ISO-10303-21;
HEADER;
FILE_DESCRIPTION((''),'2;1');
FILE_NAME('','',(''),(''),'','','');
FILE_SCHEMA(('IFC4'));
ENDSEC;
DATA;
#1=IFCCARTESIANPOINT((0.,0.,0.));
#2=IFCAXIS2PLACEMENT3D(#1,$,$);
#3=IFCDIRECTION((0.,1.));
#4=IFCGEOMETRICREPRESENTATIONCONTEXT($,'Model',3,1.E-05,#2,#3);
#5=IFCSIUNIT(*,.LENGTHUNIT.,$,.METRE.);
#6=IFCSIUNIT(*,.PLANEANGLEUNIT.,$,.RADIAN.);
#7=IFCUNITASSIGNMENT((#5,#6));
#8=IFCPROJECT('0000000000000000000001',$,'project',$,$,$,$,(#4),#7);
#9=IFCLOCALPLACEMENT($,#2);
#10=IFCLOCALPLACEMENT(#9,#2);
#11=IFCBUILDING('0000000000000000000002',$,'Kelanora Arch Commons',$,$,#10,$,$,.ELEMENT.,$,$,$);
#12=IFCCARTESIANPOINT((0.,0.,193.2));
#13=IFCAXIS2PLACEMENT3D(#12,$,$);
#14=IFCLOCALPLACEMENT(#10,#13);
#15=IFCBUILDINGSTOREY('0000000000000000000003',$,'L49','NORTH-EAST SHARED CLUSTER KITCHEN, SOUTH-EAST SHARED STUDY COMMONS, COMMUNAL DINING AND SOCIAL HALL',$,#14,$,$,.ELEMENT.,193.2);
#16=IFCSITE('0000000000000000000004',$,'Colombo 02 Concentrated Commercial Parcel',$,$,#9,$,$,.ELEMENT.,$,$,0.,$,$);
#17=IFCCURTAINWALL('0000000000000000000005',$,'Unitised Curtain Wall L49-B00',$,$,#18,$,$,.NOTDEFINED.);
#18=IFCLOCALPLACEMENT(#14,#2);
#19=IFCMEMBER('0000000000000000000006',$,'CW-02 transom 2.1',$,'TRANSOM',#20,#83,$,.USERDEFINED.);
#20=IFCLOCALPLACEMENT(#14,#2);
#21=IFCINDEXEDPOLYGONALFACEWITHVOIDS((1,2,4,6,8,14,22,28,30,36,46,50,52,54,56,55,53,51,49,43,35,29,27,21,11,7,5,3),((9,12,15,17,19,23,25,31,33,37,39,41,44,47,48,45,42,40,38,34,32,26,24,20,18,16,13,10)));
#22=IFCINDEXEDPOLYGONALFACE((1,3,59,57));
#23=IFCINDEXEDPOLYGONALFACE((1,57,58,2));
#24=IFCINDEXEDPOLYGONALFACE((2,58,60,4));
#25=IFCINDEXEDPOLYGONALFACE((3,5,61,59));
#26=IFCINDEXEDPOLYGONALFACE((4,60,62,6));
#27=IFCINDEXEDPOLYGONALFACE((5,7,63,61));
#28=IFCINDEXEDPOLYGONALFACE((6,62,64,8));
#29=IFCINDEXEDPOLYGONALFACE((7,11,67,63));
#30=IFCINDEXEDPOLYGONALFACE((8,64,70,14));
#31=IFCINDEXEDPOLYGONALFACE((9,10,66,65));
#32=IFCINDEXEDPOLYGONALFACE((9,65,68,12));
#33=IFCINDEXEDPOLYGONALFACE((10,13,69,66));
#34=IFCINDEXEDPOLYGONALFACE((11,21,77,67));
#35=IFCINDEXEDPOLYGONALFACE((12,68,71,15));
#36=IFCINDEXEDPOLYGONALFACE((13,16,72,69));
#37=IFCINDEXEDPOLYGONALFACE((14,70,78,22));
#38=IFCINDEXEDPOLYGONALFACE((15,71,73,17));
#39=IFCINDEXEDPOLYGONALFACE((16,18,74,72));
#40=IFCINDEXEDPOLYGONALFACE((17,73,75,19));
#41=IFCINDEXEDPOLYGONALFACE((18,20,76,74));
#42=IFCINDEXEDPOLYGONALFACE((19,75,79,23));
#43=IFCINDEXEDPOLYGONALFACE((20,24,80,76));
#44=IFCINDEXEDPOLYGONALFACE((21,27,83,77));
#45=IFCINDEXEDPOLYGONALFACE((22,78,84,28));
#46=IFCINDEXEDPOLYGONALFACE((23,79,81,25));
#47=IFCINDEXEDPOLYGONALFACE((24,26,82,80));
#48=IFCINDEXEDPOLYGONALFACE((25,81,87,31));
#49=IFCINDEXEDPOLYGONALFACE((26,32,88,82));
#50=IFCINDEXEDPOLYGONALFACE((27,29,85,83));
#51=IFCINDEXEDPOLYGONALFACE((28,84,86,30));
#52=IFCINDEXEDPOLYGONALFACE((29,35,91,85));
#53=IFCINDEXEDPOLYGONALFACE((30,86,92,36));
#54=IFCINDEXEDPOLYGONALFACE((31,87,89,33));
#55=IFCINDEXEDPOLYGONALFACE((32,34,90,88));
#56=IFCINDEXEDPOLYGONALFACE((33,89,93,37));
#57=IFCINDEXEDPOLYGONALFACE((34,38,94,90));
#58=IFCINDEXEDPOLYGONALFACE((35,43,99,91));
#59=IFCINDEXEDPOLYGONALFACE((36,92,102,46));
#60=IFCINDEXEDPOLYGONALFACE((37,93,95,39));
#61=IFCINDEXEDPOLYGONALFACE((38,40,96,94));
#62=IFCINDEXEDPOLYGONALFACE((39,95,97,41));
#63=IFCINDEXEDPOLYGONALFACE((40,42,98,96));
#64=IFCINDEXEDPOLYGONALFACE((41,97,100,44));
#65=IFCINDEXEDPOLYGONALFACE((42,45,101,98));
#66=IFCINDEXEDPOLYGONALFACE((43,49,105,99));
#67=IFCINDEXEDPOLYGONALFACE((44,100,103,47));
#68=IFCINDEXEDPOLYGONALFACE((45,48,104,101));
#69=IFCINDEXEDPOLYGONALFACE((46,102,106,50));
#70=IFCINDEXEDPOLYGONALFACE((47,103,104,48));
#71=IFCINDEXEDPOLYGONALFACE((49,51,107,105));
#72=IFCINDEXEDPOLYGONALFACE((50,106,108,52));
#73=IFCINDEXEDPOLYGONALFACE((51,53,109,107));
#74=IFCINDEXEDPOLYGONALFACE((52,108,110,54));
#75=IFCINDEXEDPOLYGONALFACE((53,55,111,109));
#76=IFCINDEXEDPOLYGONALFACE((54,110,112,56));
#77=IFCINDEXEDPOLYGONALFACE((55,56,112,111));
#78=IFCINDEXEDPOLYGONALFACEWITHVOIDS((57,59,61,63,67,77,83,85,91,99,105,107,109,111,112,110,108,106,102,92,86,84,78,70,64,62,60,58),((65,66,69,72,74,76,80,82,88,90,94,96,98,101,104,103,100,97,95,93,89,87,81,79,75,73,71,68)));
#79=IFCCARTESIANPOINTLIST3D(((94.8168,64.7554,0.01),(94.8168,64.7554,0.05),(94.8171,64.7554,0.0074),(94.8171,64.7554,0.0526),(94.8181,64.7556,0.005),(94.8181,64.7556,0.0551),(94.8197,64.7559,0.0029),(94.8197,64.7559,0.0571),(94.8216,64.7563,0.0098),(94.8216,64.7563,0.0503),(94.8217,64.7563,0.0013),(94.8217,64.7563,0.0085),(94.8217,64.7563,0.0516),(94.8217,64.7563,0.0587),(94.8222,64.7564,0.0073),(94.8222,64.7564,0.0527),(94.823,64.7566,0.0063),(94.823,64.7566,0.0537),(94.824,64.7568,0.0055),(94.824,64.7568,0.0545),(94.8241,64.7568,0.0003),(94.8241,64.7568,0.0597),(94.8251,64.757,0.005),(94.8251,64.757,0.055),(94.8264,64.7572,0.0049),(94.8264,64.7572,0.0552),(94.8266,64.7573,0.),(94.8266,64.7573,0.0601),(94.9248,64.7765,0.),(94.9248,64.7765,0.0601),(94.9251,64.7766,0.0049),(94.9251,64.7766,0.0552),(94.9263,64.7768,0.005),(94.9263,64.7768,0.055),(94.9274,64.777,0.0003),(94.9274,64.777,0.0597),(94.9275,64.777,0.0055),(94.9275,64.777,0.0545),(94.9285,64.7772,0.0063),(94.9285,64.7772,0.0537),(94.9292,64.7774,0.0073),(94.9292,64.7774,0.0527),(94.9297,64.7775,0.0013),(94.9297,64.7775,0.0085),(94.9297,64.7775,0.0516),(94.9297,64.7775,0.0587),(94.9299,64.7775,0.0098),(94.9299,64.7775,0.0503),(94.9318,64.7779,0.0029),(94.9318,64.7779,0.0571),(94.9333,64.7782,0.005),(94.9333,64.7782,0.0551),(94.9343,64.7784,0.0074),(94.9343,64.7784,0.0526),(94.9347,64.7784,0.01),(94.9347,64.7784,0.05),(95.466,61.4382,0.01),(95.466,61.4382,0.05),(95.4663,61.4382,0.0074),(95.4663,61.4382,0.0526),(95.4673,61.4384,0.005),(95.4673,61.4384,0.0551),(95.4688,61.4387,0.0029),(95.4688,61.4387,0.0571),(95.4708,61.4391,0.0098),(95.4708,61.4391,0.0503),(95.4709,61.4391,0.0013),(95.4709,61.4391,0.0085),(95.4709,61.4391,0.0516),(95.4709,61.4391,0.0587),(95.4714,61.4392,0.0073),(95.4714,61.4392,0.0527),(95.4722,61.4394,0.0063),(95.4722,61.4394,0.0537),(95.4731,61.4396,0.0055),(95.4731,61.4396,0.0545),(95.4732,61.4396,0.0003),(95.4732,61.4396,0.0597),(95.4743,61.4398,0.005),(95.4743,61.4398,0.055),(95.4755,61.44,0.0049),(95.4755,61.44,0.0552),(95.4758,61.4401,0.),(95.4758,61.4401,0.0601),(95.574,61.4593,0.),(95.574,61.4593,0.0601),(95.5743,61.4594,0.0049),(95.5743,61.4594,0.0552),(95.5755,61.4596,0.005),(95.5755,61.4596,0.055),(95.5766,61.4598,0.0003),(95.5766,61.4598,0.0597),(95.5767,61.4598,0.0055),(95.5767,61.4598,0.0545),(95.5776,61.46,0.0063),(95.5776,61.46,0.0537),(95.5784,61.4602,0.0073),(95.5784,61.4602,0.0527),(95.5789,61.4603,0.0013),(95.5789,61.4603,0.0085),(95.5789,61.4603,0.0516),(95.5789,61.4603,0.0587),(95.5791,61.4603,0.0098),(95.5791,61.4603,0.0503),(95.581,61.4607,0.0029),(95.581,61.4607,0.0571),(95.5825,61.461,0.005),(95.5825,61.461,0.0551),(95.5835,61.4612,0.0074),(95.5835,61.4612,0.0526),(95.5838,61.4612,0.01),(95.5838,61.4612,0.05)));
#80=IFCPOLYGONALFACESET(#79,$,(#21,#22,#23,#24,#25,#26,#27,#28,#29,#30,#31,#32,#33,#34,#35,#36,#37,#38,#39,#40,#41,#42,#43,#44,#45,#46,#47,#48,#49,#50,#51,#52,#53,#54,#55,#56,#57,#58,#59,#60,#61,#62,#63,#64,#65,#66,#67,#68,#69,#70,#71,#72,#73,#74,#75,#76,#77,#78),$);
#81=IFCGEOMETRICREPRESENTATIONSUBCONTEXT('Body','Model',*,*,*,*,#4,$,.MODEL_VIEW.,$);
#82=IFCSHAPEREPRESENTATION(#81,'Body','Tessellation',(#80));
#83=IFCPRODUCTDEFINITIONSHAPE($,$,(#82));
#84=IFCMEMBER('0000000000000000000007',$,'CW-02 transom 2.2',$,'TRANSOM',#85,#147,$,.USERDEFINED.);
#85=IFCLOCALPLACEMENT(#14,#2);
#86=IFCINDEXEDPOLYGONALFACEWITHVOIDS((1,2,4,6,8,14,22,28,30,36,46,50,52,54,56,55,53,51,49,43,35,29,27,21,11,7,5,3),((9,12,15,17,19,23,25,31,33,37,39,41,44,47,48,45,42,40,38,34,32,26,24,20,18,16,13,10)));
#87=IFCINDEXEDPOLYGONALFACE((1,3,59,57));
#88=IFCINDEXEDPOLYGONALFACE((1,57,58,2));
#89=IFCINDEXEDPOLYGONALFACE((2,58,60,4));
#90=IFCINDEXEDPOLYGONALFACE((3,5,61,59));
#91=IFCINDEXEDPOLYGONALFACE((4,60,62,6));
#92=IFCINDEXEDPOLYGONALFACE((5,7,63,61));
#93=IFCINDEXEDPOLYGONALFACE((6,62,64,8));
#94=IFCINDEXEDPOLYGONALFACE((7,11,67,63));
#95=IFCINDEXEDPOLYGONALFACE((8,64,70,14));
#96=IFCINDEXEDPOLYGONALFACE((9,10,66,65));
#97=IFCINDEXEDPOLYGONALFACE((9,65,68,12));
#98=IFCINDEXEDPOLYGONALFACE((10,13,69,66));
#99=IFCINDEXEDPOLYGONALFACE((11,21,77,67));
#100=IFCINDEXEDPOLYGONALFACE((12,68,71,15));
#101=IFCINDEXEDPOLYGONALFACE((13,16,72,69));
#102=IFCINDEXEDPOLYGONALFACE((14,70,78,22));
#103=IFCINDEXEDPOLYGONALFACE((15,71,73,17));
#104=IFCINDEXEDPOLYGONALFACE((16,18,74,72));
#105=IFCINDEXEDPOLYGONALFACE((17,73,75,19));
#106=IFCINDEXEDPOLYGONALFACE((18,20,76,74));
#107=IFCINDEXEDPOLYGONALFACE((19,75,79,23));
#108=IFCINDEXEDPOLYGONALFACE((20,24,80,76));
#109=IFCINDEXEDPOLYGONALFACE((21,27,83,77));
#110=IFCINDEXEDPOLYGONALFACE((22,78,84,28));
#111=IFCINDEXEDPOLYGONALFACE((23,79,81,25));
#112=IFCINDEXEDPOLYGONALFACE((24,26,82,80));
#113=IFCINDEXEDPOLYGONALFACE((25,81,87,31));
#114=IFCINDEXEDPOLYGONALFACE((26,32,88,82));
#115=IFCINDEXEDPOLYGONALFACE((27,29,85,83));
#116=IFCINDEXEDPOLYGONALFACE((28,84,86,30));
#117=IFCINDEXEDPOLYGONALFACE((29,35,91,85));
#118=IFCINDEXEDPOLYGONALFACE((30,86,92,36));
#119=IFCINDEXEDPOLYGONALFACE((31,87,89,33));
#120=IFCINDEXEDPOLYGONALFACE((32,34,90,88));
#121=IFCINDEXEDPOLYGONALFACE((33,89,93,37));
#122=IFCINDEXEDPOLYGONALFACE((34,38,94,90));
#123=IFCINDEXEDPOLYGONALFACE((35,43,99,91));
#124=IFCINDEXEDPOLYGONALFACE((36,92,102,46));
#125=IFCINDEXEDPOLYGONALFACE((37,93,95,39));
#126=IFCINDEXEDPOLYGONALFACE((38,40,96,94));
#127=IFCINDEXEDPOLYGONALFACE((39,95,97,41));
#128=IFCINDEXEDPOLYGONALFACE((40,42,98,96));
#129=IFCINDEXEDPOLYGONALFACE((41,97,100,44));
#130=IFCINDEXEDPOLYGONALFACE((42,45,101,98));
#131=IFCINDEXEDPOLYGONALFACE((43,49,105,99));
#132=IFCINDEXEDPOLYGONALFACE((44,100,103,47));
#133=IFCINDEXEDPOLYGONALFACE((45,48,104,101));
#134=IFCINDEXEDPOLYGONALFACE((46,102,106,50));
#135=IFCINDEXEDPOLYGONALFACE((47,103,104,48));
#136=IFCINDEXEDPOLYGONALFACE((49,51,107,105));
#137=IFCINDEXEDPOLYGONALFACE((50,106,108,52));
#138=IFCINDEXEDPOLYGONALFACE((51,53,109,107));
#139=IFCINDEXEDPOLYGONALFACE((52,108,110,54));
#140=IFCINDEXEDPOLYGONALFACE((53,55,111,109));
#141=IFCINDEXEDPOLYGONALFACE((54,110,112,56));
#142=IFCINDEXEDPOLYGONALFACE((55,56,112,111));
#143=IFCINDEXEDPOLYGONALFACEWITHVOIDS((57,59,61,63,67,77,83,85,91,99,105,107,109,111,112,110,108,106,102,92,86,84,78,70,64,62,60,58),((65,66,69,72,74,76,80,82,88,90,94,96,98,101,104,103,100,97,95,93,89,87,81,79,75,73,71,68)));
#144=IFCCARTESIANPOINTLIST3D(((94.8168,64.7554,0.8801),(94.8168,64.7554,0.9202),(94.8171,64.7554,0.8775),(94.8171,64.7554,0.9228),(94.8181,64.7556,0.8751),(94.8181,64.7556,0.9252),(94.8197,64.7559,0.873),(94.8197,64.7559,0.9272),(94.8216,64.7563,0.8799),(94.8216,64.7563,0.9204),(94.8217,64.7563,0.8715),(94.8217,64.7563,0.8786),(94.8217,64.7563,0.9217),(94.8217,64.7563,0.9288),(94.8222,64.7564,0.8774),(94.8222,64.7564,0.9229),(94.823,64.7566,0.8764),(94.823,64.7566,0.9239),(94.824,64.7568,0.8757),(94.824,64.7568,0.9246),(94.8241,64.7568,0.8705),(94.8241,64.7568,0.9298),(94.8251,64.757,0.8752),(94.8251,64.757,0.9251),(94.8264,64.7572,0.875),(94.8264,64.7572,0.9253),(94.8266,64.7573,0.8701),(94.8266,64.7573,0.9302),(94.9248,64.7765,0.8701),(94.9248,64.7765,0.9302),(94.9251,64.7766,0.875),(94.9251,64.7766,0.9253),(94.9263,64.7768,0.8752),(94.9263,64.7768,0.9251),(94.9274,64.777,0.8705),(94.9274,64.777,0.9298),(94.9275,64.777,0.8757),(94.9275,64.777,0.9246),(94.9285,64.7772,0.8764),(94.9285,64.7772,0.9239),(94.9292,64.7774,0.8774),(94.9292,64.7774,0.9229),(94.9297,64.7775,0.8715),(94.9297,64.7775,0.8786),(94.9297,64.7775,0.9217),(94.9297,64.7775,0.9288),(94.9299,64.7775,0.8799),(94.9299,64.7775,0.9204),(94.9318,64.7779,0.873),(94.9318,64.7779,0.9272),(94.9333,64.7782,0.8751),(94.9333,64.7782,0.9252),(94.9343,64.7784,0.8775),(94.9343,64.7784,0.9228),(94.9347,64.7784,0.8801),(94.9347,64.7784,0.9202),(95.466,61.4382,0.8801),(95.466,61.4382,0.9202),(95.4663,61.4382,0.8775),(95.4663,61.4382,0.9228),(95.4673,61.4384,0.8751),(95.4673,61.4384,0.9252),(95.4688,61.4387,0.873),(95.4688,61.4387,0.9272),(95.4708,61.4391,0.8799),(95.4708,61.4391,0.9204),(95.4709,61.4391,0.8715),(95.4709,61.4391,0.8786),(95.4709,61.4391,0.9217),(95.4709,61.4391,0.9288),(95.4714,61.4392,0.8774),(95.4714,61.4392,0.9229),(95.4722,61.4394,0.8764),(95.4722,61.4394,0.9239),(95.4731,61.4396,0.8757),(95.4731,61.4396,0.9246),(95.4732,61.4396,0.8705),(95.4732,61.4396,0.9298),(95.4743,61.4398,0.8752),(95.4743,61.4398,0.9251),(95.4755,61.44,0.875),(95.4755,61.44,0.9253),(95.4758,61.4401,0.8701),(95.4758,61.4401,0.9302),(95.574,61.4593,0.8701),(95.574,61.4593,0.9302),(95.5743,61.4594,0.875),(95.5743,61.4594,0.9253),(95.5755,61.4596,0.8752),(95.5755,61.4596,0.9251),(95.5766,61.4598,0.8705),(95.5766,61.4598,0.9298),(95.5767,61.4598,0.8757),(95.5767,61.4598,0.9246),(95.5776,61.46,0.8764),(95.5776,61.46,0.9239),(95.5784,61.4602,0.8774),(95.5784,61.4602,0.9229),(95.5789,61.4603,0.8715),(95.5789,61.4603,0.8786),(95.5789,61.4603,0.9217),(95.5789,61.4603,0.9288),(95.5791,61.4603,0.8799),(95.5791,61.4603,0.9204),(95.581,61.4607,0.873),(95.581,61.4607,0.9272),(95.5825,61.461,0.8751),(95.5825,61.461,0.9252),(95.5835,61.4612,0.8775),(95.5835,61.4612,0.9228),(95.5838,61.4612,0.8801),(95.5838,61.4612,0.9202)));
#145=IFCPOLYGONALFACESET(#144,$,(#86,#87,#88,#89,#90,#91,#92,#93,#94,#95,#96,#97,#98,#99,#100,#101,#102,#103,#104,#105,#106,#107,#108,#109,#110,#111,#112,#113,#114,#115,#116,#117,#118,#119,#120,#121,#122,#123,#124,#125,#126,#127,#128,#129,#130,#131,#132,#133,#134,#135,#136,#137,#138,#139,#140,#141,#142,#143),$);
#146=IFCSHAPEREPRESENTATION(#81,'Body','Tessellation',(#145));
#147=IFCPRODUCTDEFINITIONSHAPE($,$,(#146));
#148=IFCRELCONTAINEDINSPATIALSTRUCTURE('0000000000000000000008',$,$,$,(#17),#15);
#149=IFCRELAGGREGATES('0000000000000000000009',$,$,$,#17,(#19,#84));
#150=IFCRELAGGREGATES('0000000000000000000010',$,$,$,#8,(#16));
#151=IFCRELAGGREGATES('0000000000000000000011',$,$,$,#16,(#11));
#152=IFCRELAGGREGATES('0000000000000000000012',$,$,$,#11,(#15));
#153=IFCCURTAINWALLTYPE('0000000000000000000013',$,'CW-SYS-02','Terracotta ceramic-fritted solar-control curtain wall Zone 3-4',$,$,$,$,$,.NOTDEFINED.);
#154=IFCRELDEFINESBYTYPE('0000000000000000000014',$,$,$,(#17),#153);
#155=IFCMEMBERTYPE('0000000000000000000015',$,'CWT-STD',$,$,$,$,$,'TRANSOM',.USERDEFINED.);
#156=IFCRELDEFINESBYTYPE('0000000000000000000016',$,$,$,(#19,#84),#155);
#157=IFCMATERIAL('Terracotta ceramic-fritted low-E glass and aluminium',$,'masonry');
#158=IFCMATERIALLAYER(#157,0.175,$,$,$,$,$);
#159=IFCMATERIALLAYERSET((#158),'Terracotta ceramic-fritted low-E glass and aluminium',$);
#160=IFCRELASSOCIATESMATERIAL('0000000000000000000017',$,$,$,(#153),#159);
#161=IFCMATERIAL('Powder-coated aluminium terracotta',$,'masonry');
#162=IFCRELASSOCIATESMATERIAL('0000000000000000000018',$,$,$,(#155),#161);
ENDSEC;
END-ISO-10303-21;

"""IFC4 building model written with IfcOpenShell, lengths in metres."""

from ifc_helpers import new_model, si_unit, direction, frame, origin, origin_2d, place, context, subcontext, project, spatial, hollow_rectangle, extrude, material, layer, layer_set, material_profile, profile_set, type_object, element, aggregate, save


model = new_model("IFC4")

# Units and contexts
model_context = context("Model", 3, precision=1e-05, world=origin(), true_north=direction((0.0, 1.0)))
body_context = subcontext(model_context, "Body", "Model", "MODEL_VIEW")
ifc_project = project(units=[si_unit("LENGTHUNIT", "METRE"), si_unit("PLANEANGLEUNIT", "RADIAN")], contexts=[model_context])

# Site, building, storey
site_placement = place(None, origin())
site = spatial("IfcSite", under=ifc_project, at=site_placement, Name="Colombo 02 Concentrated Commercial Parcel", CompositionType="ELEMENT", RefElevation=0.0)
building_placement = place(site_placement, origin())
building = spatial("IfcBuilding", under=site, at=building_placement, Name="Kelanora Arch Commons", CompositionType="ELEMENT")
storey_placement = place(building_placement, frame((0.0, 0.0, 193.2)))
storey = spatial("IfcBuildingStorey", under=building, at=storey_placement, Name="L49", Description="NORTH-EAST SHARED CLUSTER KITCHEN, SOUTH-EAST SHARED STUDY COMMONS, COMMUNAL DINING AND SOCIAL HALL", CompositionType="ELEMENT", Elevation=193.2)

# Curtain wall, members
ifc_material_1 = material(Name="Terracotta ceramic-fritted low-E glass and aluminium", Category="masonry")
ifc_layer_1 = layer(ifc_material_1, 0.175)
ifc_layer_set_1 = layer_set([ifc_layer_1], Name="Terracotta ceramic-fritted low-E glass and aluminium")
curtain_wall_type = type_object("IfcCurtainWallType", Name="CW-SYS-02", Description="Terracotta ceramic-fritted solar-control curtain wall Zone 3-4", PredefinedType="NOTDEFINED", material=ifc_layer_set_1)
curtain_wall_placement = place(storey_placement, origin())
curtain_wall = element("IfcCurtainWall", 1, at=curtain_wall_placement, inside=storey, type_object=curtain_wall_type, Name="Unitised Curtain Wall L49-B00", PredefinedType="NOTDEFINED")
ifc_material_2 = material(Name="Powder-coated aluminium terracotta", Category="masonry")
ifc_material_profile_1 = material_profile(ifc_material_2, hollow_rectangle(XDim=0.1201, YDim=0.0601, WallThickness=0.0049, InnerFilletRadius=0.0049, OuterFilletRadius=0.01, at=origin_2d()), Name="CWT120x60")
ifc_profile_set_1 = profile_set([ifc_material_profile_1], Name="Powder-coated aluminium terracotta")
member_type_1 = type_object("IfcMemberType", Name="CWT-STD", ElementType="TRANSOM", PredefinedType="USERDEFINED", material=ifc_profile_set_1)
member_1_placement = place(storey_placement, frame((95.5249, 61.4497, 0.03), z_axis=(-0.192058, 0.981383, 0.0), x_axis=(-0.981383, -0.192058, 0.0)))
member_1 = element("IfcMember", 2, at=member_1_placement, type_object=member_type_1, Name="CW-02 transom 2.1", ObjectType="TRANSOM", PredefinedType="USERDEFINED", context=body_context, shape_type="SweptSolid", body=[
    extrude(hollow_rectangle(XDim=0.1201, YDim=0.0601, WallThickness=0.0049, InnerFilletRadius=0.0049, OuterFilletRadius=0.01, at=origin_2d()), origin(), (0.0, 0.0, 1.0), 3.3801),
])
member_2_placement = place(storey_placement, frame((95.5249, 61.4497, 0.9001), z_axis=(-0.192058, 0.981383, 0.0), x_axis=(-0.981383, -0.192058, 0.0)))
member_2 = element("IfcMember", 3, at=member_2_placement, type_object=member_type_1, Name="CW-02 transom 2.2", ObjectType="TRANSOM", PredefinedType="USERDEFINED", context=body_context, shape_type="SweptSolid", body=[
    extrude(hollow_rectangle(XDim=0.1201, YDim=0.0601, WallThickness=0.0049, InnerFilletRadius=0.0049, OuterFilletRadius=0.01, at=origin_2d()), origin(), (0.0, 0.0, 1.0), 3.3801),
])
aggregate(curtain_wall, [member_1, member_2])

save(model, "model.ifc")
